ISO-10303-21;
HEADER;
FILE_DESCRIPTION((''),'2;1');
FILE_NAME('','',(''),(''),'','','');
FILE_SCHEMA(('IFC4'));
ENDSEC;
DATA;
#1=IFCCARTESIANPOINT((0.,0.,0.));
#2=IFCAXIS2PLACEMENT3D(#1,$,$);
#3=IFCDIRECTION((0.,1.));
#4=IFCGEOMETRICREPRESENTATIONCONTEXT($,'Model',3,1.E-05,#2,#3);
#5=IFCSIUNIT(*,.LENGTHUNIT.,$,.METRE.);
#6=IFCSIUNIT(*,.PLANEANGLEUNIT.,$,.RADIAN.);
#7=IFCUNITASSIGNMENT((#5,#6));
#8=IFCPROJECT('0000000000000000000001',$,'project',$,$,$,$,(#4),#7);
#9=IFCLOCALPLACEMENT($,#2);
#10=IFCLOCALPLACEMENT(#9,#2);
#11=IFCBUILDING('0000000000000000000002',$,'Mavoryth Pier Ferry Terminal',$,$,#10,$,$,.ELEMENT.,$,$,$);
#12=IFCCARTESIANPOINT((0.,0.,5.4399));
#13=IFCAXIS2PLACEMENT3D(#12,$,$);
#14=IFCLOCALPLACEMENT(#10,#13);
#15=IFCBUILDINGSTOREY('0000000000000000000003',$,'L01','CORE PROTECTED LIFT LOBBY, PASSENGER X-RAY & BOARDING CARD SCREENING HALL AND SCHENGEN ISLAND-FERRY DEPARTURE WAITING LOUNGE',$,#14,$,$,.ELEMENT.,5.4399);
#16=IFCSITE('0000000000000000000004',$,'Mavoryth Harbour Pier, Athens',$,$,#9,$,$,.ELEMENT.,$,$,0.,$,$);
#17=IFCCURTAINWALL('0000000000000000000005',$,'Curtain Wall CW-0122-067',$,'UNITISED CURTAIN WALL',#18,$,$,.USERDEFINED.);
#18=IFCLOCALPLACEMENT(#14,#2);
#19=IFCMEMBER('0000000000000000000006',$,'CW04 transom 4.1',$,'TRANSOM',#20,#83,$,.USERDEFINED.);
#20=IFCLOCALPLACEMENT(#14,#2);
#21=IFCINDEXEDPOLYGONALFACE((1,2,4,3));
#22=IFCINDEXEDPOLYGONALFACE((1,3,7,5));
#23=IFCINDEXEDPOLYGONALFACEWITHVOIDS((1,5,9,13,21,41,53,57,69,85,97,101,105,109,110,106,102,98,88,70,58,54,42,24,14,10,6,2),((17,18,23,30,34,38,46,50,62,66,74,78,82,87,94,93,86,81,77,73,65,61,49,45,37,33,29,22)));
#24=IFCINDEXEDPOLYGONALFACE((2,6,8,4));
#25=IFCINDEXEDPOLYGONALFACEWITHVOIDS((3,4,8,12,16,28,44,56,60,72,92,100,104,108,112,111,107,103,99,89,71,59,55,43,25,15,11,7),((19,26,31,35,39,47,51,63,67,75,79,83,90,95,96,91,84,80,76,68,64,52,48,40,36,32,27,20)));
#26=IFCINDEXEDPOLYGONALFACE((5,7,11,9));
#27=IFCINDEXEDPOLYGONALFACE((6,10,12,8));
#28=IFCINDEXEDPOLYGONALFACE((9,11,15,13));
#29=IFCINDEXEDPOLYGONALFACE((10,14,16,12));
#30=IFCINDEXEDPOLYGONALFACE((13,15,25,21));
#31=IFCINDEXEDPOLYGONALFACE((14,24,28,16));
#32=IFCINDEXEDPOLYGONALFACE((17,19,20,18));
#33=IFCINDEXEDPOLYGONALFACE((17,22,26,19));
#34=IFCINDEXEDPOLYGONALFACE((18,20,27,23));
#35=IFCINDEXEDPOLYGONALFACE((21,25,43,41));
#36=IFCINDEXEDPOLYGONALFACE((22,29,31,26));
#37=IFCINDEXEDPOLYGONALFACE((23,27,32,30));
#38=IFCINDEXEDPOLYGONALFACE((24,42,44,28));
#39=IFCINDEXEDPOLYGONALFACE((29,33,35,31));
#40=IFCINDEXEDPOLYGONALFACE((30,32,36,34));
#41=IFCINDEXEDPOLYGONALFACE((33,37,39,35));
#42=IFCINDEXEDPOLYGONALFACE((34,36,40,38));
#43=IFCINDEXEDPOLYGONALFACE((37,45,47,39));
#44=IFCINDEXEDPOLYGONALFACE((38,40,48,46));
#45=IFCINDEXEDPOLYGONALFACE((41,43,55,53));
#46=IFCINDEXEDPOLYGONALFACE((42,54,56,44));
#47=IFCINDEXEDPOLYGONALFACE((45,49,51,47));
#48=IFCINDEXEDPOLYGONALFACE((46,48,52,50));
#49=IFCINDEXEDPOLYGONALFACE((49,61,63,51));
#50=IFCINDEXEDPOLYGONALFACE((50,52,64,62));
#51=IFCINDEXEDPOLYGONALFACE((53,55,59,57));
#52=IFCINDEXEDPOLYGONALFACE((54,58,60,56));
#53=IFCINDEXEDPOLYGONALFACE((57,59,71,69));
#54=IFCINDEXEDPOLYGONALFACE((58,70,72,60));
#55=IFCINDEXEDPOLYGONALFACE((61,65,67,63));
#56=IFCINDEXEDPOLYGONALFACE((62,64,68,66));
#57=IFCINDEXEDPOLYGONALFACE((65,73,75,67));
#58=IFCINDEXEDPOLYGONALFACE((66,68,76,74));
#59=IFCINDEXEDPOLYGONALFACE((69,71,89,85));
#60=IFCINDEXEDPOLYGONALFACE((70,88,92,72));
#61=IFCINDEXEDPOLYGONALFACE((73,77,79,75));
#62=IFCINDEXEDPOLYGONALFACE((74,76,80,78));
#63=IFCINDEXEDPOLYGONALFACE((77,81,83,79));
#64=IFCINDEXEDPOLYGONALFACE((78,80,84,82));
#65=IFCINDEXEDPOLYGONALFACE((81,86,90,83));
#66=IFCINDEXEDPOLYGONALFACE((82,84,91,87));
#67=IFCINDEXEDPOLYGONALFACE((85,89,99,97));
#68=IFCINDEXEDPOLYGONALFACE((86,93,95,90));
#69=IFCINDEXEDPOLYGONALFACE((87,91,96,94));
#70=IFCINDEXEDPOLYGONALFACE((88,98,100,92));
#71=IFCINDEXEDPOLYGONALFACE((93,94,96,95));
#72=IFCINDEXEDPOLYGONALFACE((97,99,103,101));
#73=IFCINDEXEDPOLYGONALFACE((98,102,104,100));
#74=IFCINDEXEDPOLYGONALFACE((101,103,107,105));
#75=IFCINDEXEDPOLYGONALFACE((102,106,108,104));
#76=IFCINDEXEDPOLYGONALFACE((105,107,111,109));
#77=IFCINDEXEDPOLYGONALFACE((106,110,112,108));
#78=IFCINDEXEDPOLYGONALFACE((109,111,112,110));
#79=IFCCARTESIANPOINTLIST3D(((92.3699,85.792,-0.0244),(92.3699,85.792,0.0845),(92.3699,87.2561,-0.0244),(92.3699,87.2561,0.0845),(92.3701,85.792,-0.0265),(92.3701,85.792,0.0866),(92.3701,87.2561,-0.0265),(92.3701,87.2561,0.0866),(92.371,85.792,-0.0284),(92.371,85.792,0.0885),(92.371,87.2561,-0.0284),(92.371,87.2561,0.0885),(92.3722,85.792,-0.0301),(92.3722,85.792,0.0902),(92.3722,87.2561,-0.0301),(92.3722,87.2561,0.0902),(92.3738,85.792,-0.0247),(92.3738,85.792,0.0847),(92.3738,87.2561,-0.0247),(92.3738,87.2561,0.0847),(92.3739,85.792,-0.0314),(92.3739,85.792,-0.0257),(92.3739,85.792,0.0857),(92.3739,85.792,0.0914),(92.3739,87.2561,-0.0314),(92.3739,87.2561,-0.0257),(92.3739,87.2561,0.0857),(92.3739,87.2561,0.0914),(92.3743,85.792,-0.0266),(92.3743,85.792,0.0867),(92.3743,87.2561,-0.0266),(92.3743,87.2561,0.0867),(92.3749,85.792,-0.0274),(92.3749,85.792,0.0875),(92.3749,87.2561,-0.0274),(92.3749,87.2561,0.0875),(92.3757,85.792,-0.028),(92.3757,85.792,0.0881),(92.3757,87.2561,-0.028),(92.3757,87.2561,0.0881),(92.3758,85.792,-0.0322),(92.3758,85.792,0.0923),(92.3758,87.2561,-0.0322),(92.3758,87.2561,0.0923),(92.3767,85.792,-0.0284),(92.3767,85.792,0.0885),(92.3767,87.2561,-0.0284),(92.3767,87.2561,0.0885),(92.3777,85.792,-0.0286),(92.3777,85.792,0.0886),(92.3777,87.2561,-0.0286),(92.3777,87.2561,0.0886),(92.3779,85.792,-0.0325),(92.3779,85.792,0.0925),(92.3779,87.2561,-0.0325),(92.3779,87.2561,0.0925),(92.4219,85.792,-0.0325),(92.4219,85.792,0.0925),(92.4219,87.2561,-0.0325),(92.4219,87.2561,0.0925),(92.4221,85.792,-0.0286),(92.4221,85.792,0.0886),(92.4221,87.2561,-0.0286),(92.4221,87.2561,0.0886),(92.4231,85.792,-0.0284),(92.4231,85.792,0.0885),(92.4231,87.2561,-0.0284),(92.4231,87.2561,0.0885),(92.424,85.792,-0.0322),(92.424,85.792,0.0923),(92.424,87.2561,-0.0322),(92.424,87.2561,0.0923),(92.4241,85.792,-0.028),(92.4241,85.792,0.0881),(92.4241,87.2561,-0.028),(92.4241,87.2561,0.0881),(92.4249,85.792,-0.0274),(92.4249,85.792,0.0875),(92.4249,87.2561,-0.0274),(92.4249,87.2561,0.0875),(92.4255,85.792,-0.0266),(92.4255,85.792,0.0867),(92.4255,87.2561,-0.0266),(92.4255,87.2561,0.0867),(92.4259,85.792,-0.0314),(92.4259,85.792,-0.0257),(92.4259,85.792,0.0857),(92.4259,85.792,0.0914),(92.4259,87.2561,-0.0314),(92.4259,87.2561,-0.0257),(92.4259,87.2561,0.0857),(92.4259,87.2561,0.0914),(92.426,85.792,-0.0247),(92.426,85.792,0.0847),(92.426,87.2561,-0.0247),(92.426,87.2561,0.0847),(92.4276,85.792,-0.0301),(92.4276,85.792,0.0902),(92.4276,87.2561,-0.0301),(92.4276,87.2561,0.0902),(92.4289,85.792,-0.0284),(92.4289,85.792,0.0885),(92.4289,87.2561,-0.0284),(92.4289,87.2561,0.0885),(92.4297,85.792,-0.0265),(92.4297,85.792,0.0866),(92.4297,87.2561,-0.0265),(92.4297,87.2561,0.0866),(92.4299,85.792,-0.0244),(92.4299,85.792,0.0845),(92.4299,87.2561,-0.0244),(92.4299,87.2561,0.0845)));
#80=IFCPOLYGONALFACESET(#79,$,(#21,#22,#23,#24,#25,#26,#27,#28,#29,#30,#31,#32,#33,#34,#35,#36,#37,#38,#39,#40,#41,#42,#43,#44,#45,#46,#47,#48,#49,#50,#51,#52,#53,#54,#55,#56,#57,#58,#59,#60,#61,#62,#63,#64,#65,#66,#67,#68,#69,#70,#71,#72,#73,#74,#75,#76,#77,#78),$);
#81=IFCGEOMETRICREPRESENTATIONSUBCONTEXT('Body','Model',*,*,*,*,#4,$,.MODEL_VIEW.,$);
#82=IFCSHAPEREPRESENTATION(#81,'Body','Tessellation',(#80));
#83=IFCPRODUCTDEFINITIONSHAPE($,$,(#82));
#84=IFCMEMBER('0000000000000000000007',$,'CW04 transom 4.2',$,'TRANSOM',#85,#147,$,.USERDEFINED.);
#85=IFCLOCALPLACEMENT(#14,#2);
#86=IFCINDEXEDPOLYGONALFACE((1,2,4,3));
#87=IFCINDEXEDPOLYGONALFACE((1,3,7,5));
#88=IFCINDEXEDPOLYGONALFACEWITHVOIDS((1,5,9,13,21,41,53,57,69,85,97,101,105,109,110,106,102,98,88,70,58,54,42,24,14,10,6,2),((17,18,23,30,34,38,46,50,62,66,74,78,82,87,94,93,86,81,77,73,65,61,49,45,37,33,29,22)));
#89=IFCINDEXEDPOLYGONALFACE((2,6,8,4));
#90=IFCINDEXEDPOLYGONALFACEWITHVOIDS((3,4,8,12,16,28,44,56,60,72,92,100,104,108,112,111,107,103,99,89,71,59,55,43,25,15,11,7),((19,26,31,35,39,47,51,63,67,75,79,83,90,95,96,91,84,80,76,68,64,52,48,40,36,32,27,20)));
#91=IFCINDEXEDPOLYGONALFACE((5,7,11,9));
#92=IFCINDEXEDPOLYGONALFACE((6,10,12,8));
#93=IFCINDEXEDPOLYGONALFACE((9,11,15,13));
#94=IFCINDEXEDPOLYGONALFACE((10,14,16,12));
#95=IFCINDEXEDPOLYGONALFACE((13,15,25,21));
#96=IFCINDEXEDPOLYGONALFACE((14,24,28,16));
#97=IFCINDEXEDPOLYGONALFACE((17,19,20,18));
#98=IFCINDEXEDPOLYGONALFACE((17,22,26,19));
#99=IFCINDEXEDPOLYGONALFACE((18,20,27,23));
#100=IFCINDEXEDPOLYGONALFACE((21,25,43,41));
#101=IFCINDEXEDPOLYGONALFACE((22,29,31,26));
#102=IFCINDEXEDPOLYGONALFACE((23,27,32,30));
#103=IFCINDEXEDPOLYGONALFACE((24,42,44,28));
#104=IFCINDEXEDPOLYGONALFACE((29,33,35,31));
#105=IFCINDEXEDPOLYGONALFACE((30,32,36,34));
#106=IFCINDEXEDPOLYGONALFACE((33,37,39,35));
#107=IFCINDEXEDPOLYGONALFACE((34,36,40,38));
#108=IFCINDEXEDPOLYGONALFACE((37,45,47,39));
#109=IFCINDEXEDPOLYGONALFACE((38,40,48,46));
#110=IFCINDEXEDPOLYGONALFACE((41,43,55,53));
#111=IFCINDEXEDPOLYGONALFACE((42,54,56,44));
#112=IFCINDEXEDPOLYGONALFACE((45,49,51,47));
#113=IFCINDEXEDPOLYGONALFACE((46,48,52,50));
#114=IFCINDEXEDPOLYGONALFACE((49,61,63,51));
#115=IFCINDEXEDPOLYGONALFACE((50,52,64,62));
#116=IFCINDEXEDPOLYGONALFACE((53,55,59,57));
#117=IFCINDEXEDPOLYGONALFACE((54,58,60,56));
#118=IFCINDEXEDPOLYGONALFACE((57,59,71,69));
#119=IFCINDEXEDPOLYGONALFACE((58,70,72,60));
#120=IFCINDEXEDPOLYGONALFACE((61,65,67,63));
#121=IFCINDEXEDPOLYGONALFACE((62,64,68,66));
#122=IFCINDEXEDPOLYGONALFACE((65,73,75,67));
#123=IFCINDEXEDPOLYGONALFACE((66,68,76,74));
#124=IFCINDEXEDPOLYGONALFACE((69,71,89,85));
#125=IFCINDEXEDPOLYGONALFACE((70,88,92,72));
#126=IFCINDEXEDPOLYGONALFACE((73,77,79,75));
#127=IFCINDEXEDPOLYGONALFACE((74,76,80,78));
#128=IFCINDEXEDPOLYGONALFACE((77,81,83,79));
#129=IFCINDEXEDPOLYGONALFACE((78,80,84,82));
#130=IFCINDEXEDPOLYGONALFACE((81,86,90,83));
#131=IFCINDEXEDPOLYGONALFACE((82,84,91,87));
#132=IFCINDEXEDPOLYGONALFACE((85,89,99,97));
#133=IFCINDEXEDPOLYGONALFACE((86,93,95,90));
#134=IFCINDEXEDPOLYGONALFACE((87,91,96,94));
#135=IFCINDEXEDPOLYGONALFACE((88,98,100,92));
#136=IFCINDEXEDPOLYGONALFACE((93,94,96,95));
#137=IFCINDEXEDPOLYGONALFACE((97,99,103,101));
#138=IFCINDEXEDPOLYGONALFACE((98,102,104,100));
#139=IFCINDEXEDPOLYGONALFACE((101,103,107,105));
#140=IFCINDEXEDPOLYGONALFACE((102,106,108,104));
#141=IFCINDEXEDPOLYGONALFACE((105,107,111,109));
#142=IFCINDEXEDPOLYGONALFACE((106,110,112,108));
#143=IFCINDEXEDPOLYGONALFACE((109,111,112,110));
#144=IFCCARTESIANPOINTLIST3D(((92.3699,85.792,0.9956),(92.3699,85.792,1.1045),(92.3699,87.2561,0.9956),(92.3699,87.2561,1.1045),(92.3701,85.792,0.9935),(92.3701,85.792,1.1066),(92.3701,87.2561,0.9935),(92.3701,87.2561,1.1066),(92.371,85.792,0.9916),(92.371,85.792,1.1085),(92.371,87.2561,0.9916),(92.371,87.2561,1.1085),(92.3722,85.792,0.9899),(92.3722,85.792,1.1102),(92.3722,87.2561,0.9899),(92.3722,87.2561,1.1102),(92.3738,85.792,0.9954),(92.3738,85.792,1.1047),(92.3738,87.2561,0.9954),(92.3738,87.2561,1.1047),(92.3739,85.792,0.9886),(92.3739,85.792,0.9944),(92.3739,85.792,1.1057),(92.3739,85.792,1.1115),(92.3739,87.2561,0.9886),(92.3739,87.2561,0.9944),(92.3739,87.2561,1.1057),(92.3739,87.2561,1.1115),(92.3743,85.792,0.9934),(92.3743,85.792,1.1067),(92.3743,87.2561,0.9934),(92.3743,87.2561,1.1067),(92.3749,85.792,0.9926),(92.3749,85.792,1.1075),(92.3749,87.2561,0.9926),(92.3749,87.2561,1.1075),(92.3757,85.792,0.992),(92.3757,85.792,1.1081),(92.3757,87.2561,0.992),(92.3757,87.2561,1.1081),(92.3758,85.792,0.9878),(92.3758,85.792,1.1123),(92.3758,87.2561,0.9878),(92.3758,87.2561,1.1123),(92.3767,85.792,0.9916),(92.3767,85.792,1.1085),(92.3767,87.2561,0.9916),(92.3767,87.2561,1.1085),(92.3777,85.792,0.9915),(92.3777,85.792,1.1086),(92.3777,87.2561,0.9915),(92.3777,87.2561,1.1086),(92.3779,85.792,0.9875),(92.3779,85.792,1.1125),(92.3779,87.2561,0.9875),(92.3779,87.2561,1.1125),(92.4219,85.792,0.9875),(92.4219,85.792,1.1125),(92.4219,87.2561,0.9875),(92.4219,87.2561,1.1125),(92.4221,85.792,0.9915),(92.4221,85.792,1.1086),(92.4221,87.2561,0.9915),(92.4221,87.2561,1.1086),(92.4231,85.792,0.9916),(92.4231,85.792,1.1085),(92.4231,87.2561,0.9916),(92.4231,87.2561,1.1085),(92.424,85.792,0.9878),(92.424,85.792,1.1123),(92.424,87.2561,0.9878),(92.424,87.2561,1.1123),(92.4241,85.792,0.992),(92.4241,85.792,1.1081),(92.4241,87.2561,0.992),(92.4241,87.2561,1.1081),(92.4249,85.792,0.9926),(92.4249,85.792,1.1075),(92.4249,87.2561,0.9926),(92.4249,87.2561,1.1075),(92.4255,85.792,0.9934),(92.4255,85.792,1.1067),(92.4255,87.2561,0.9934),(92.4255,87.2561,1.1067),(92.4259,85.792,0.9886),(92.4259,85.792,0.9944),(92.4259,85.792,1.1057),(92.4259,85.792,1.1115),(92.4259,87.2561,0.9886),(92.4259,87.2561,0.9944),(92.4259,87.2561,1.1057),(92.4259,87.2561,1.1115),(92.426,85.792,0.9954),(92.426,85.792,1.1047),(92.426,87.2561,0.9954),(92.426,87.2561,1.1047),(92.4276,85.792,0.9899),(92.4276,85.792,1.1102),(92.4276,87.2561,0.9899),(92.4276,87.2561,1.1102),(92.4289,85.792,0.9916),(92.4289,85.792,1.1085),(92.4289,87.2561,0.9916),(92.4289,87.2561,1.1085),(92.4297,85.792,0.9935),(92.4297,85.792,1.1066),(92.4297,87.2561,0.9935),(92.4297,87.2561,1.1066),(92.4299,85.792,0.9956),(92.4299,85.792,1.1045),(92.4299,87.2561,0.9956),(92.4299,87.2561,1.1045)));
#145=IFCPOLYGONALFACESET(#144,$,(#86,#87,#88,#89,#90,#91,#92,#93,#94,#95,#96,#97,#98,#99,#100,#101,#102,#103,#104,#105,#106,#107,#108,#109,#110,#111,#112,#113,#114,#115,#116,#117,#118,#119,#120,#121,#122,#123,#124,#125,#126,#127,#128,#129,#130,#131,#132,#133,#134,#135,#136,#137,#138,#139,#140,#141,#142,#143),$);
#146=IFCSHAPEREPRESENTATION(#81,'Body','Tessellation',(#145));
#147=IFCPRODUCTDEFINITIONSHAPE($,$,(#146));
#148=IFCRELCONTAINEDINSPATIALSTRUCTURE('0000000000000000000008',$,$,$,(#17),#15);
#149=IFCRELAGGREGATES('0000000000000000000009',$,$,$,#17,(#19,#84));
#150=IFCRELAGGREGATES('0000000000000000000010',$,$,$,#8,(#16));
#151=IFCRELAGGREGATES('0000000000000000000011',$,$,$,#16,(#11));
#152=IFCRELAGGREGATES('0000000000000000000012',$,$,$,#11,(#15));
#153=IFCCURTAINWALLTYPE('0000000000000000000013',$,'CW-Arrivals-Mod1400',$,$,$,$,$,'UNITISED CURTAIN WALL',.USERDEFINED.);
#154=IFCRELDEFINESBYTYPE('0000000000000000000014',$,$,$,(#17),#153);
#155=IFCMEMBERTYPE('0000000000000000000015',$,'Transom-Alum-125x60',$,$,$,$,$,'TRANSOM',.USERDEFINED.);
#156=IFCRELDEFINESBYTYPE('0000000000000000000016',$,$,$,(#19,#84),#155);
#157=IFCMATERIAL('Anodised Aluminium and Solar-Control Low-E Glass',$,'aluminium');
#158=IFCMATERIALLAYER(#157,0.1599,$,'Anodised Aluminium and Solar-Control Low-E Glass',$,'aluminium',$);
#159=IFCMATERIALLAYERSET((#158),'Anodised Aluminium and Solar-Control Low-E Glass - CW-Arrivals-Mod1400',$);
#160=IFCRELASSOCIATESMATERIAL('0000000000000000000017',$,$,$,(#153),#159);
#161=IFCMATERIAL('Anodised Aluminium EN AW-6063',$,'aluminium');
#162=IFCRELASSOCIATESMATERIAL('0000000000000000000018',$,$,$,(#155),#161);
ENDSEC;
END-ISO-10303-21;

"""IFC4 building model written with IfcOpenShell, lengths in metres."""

from ifc_helpers import new_model, si_unit, direction, frame, origin, origin_2d, place, context, subcontext, project, spatial, hollow_rectangle, extrude, material, layer, layer_set, material_profile, profile_set, type_object, element, aggregate, save


model = new_model("IFC4")

# Units and contexts
model_context = context("Model", 3, precision=1e-05, world=origin(), true_north=direction((0.0, 1.0)))
body_context = subcontext(model_context, "Body", "Model", "MODEL_VIEW")
ifc_project = project(units=[si_unit("LENGTHUNIT", "METRE"), si_unit("PLANEANGLEUNIT", "RADIAN")], contexts=[model_context])

# Site, building, storey
site_placement = place(None, origin())
site = spatial("IfcSite", under=ifc_project, at=site_placement, Name="Mavoryth Harbour Pier, Athens", CompositionType="ELEMENT", RefElevation=0.0)
building_placement = place(site_placement, origin())
building = spatial("IfcBuilding", under=site, at=building_placement, Name="Mavoryth Pier Ferry Terminal", CompositionType="ELEMENT")
storey_placement = place(building_placement, frame((0.0, 0.0, 5.4399)))
storey = spatial("IfcBuildingStorey", under=building, at=storey_placement, Name="L01", Description="CORE PROTECTED LIFT LOBBY, PASSENGER X-RAY & BOARDING CARD SCREENING HALL AND SCHENGEN ISLAND-FERRY DEPARTURE WAITING LOUNGE", CompositionType="ELEMENT", Elevation=5.4399)

# Curtain wall
ifc_material_1 = material(Name="Anodised Aluminium and Solar-Control Low-E Glass", Category="aluminium")
ifc_layer_1 = layer(ifc_material_1, 0.1599, Name="Anodised Aluminium and Solar-Control Low-E Glass", Category="aluminium")
ifc_layer_set_1 = layer_set([ifc_layer_1], Name="Anodised Aluminium and Solar-Control Low-E Glass - CW-Arrivals-Mod1400")
curtain_wall_type = type_object("IfcCurtainWallType", Name="CW-Arrivals-Mod1400", ElementType="UNITISED CURTAIN WALL", PredefinedType="USERDEFINED", material=ifc_layer_set_1)
curtain_wall_1_placement = place(storey_placement, origin())
curtain_wall_1 = element("IfcCurtainWall", 1, at=curtain_wall_1_placement, inside=storey, type_object=curtain_wall_type, Name="Curtain Wall CW-0122-067", ObjectType="UNITISED CURTAIN WALL", PredefinedType="USERDEFINED")
ifc_material_2 = material(Name="Anodised Aluminium EN AW-6063", Category="aluminium")

# Members
ifc_material_profile_1 = material_profile(ifc_material_2, hollow_rectangle(XDim=0.0601, YDim=0.125, WallThickness=0.0039, InnerFilletRadius=0.0039, OuterFilletRadius=0.0081, at=origin_2d()), Name="AL-TRAN 125x60x4", Category="aluminium")
ifc_profile_set_1 = profile_set([ifc_material_profile_1], Name="Anodised Aluminium EN AW-6063 - AL-TRAN 125x60x4")
member_type_1 = type_object("IfcMemberType", Name="Transom-Alum-125x60", ElementType="TRANSOM", PredefinedType="USERDEFINED", material=ifc_profile_set_1)
member_1_placement = place(storey_placement, frame((92.3999, 85.792, 0.03), z_axis=(0.0, 1.0, 0.0), x_axis=(-1.0, 0.0, 0.0)))
member_1 = element("IfcMember", 2, at=member_1_placement, type_object=member_type_1, Name="CW04 transom 4.1", ObjectType="TRANSOM", PredefinedType="USERDEFINED", context=body_context, shape_type="SweptSolid", body=[
    extrude(hollow_rectangle(XDim=0.0601, YDim=0.125, WallThickness=0.0039, InnerFilletRadius=0.0039, OuterFilletRadius=0.0081, at=origin_2d()), origin(), (0.0, 0.0, 1.0), 1.4641),
])
member_2_placement = place(storey_placement, frame((92.3999, 85.792, 1.05), z_axis=(0.0, 1.0, 0.0), x_axis=(-1.0, 0.0, 0.0)))
member_2 = element("IfcMember", 3, at=member_2_placement, type_object=member_type_1, Name="CW04 transom 4.2", ObjectType="TRANSOM", PredefinedType="USERDEFINED", context=body_context, shape_type="SweptSolid", body=[
    extrude(hollow_rectangle(XDim=0.0601, YDim=0.125, WallThickness=0.0039, InnerFilletRadius=0.0039, OuterFilletRadius=0.0081, at=origin_2d()), origin(), (0.0, 0.0, 1.0), 1.4641),
])

aggregate(curtain_wall_1, [member_1, member_2])

save(model, "model.ifc")
